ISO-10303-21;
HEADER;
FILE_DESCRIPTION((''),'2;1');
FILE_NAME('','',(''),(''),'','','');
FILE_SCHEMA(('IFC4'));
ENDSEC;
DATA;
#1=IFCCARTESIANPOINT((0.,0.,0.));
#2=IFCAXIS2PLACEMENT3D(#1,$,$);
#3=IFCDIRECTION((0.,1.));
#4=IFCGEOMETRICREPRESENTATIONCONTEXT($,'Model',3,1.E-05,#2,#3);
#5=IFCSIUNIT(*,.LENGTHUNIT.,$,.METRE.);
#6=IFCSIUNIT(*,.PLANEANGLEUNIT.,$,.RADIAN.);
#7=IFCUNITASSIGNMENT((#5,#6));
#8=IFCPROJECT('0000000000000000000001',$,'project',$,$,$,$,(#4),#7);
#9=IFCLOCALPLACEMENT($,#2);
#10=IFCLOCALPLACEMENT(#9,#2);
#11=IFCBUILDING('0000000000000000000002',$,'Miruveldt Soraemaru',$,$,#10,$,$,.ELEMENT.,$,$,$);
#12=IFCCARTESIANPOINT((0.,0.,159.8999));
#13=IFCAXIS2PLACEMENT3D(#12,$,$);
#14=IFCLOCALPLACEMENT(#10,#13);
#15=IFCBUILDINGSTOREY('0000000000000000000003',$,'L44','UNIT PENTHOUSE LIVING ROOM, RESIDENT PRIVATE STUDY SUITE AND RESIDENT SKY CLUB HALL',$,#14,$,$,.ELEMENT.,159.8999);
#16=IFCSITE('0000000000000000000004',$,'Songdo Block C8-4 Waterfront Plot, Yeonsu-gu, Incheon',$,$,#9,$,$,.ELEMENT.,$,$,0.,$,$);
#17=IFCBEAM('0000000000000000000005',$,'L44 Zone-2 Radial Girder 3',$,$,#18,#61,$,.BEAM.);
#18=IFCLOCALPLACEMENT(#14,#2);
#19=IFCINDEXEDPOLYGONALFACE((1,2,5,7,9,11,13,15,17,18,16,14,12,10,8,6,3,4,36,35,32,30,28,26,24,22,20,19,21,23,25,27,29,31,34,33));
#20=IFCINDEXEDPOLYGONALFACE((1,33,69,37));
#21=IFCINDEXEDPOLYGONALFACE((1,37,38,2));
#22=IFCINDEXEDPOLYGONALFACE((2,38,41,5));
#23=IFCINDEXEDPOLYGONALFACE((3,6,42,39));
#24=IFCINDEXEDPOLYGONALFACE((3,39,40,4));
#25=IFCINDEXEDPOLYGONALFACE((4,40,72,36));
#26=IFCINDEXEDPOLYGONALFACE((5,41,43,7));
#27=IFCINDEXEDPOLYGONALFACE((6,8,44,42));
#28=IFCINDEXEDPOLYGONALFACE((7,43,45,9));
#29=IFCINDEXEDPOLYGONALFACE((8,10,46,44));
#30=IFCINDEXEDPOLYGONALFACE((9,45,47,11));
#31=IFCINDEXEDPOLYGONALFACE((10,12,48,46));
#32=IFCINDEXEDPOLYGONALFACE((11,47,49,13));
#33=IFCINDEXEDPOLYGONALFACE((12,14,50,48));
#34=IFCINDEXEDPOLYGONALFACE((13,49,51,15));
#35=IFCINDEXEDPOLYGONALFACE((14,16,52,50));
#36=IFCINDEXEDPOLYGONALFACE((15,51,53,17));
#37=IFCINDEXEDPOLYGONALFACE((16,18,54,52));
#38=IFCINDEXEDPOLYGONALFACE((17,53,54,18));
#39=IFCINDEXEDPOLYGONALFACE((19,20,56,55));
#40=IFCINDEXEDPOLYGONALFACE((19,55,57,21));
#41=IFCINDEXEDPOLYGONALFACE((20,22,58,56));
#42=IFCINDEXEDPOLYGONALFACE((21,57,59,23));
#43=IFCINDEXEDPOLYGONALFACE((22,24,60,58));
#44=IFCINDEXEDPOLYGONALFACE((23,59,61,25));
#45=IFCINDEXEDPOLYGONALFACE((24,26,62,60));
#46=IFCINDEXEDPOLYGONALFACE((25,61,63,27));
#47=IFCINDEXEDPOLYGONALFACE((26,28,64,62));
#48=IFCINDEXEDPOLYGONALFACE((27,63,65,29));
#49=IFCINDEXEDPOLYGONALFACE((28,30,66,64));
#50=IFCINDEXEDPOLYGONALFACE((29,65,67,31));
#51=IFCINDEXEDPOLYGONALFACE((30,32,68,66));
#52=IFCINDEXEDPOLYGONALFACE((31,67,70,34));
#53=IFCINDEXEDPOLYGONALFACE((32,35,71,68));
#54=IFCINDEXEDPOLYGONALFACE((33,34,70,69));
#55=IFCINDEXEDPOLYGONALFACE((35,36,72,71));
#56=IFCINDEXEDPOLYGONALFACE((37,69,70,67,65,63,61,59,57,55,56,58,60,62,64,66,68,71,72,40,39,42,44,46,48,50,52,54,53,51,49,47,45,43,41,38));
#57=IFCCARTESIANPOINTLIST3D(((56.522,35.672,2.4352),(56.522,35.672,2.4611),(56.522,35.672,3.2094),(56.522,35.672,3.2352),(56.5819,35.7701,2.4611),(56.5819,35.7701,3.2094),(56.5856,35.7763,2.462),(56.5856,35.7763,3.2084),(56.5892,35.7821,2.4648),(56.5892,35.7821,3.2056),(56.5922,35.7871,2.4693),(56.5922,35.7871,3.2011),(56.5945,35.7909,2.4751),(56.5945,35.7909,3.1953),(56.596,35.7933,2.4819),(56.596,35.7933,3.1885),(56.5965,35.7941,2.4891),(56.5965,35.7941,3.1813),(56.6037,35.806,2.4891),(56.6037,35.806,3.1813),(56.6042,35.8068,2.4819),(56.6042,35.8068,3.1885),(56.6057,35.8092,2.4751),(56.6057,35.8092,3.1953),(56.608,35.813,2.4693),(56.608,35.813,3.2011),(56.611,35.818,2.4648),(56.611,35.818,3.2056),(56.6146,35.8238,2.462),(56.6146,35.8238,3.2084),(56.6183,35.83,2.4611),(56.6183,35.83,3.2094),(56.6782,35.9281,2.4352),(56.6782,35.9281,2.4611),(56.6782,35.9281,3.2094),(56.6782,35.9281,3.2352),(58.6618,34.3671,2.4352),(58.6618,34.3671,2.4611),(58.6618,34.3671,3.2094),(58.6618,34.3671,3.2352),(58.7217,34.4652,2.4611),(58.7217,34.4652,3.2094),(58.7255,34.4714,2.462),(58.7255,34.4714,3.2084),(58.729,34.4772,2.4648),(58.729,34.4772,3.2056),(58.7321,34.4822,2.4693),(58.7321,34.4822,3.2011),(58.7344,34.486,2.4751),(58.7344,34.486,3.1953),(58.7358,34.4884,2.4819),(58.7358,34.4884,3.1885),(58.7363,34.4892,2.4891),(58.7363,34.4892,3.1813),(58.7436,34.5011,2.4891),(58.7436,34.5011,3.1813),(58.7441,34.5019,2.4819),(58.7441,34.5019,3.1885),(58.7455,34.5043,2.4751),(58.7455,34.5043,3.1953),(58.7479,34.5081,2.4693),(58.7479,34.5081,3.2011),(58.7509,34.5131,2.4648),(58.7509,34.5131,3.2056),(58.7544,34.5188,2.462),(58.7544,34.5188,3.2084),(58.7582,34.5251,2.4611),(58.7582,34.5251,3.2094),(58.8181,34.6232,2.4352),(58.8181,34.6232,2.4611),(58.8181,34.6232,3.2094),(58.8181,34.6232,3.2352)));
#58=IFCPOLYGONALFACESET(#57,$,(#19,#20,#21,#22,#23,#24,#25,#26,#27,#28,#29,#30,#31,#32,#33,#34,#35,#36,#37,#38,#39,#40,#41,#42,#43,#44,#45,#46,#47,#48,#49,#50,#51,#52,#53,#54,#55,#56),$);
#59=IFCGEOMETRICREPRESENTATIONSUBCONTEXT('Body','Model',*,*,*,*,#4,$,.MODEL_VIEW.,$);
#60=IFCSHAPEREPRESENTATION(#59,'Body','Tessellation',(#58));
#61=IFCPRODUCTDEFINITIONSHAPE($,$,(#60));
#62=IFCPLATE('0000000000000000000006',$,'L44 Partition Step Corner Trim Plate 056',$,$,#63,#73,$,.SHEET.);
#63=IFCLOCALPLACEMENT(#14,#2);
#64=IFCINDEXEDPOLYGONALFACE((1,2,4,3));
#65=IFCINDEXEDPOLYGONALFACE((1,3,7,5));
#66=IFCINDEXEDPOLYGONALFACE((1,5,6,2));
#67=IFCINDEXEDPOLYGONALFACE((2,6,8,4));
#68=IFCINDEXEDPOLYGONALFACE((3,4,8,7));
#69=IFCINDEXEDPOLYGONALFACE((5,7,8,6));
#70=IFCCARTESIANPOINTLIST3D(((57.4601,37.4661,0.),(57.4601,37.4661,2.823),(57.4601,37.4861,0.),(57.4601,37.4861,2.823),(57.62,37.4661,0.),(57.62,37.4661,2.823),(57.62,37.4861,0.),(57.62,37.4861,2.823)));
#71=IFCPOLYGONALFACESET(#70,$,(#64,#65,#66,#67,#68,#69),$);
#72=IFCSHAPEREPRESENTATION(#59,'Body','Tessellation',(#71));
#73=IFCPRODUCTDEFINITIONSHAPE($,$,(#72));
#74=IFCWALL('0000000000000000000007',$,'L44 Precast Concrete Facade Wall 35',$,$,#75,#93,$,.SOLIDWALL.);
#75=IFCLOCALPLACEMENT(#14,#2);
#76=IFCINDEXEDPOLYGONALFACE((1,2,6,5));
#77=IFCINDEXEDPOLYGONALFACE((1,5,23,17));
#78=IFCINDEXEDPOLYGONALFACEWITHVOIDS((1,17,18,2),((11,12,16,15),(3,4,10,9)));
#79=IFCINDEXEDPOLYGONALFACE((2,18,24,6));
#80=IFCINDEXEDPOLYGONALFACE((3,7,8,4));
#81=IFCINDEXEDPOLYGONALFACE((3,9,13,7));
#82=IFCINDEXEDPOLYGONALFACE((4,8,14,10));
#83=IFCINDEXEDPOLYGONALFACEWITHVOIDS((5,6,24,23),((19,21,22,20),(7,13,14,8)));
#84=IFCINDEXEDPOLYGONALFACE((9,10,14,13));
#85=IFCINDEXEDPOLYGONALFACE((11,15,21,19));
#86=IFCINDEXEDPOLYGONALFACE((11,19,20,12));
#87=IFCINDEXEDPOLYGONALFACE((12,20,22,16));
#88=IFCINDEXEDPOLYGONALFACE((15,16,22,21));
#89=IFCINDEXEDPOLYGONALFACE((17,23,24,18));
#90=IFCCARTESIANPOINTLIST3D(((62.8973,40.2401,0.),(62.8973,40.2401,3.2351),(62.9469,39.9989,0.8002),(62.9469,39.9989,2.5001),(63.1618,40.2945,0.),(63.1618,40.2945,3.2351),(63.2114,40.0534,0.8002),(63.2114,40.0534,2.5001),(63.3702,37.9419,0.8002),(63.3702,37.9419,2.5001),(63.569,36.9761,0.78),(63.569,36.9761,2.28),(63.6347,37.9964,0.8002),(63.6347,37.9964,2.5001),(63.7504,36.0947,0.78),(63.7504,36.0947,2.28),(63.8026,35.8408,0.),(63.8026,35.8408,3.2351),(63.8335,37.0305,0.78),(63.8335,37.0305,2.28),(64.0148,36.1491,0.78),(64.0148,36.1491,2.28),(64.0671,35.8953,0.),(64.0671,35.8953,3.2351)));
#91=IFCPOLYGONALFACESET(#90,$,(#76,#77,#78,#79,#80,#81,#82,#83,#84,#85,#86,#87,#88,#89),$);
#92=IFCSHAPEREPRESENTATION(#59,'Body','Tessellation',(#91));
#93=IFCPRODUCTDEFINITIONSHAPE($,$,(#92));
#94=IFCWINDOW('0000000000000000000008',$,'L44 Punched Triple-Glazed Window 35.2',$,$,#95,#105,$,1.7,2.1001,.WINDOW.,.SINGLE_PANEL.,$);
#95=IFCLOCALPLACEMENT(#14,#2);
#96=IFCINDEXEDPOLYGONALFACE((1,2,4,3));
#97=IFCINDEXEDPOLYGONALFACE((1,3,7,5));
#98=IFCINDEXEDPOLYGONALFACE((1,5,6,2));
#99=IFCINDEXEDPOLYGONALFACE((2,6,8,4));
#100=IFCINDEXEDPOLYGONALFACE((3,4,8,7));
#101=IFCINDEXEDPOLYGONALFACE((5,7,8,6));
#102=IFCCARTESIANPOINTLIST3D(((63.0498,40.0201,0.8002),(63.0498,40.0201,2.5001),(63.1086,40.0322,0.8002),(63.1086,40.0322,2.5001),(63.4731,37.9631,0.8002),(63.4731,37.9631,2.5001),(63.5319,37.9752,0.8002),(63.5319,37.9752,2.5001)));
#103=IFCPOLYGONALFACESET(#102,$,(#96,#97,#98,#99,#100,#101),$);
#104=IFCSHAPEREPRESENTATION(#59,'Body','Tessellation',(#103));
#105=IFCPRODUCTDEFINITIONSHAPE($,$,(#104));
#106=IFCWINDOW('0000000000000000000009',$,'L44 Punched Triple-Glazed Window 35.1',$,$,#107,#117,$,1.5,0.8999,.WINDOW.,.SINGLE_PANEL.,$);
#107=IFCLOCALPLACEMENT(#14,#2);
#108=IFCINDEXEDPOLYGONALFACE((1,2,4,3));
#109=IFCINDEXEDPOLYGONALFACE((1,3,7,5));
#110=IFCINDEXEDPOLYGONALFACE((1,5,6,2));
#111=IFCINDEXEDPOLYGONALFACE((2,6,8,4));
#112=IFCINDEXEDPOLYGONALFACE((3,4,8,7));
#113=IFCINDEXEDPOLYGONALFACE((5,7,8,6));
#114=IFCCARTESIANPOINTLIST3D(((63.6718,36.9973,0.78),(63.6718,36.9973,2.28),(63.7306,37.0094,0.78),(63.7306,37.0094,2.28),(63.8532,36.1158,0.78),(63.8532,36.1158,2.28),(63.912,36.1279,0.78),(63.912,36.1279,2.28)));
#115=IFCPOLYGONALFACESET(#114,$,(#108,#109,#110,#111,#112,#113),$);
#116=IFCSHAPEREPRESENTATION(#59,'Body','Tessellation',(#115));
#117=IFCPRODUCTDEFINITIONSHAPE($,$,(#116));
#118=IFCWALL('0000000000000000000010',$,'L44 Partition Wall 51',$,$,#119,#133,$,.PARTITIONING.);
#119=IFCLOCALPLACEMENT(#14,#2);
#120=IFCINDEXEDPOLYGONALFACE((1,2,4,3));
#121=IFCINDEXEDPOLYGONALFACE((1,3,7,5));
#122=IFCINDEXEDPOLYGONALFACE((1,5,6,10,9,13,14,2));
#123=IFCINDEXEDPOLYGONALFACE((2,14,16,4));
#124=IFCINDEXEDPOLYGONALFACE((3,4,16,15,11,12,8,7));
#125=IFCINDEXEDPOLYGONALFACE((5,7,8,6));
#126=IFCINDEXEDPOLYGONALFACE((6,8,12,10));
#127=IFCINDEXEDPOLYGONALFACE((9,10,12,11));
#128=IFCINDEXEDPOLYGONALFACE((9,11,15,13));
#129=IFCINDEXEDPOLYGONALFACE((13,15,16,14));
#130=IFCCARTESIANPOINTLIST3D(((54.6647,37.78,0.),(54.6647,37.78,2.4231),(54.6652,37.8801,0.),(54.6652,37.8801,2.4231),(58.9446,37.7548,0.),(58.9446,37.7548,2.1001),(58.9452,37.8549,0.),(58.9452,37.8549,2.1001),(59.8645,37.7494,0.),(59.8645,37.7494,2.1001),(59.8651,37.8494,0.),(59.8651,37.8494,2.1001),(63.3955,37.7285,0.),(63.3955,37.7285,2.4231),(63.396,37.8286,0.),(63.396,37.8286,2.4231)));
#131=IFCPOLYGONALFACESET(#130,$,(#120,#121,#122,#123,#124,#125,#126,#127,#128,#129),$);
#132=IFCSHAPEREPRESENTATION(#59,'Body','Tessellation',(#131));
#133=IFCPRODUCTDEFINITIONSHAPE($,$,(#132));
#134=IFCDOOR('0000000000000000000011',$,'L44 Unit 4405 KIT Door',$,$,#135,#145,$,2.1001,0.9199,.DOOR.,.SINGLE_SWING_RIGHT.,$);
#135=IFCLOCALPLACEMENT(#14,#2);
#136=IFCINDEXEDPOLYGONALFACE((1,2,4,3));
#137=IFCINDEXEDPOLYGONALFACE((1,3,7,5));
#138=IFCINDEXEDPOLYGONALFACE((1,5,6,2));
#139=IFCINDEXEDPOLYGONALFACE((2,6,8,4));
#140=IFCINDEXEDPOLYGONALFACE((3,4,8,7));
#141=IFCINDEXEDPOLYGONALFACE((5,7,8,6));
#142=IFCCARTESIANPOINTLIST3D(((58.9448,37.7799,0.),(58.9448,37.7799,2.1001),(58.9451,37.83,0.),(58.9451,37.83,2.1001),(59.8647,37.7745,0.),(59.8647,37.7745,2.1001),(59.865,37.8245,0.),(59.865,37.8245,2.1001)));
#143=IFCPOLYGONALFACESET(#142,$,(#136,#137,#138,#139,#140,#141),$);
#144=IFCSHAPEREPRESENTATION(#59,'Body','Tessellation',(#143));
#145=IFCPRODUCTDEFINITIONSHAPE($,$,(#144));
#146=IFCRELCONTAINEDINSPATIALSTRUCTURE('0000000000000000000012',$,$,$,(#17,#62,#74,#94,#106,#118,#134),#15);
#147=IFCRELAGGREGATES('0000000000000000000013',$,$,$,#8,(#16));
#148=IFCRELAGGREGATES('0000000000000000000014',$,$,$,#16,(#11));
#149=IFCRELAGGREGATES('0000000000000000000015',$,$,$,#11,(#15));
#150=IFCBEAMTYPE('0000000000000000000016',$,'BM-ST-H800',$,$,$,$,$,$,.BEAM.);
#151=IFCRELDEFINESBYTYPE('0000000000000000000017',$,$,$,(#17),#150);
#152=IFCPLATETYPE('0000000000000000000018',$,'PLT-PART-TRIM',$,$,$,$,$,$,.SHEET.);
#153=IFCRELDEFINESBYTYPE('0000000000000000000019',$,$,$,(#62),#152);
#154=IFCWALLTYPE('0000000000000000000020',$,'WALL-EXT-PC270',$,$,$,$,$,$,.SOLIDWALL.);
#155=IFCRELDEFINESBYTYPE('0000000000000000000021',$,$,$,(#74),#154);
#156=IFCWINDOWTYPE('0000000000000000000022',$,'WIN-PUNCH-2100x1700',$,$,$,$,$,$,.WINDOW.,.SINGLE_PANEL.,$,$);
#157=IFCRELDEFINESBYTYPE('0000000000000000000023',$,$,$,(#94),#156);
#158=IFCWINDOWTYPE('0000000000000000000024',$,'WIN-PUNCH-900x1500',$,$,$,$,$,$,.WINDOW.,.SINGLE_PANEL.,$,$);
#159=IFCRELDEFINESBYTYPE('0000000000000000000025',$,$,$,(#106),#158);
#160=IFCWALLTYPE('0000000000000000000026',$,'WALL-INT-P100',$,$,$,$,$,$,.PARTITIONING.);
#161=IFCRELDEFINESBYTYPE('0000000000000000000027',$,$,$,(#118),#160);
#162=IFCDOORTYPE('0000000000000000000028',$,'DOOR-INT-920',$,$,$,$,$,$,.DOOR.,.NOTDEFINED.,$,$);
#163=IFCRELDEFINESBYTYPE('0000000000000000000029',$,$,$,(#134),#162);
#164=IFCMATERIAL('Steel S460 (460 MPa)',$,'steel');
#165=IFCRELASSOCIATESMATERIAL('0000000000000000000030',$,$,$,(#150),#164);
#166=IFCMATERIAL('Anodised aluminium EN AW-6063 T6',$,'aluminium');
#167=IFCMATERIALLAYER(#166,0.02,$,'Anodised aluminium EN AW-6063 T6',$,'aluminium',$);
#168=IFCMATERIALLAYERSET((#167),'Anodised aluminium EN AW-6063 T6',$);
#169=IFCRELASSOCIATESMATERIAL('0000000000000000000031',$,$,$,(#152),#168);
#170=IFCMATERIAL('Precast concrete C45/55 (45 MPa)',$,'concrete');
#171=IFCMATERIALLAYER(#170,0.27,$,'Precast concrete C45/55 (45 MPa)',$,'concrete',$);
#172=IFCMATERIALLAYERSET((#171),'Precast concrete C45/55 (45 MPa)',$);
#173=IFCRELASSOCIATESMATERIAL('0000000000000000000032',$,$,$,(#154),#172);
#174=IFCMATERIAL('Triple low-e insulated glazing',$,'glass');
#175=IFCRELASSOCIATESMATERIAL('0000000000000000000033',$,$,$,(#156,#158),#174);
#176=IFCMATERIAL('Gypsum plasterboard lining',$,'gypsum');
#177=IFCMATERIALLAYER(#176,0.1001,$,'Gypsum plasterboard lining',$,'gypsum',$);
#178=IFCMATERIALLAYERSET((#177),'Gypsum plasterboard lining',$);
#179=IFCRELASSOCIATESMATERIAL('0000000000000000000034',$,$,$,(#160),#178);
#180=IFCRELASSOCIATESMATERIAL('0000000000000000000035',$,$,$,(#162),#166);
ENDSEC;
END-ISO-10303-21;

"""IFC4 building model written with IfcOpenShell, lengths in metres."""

from ifc_helpers import new_model, si_unit, direction, frame, frame_2d, origin, origin_2d, place, context, subcontext, project, spatial, rectangle, i_section, extrude, material, layer, layer_set, material_profile, profile_set, type_object, element, fill, save


model = new_model("IFC4")

# Units and contexts
model_context = context("Model", 3, precision=1e-05, world=origin(), true_north=direction((0.0, 1.0)))
body_context = subcontext(model_context, "Body", "Model", "MODEL_VIEW")
ifc_project = project(units=[si_unit("LENGTHUNIT", "METRE"), si_unit("PLANEANGLEUNIT", "RADIAN")], contexts=[model_context])

# Site, building, storey
site_placement = place(None, origin())
site = spatial("IfcSite", under=ifc_project, at=site_placement, Name="Songdo Block C8-4 Waterfront Plot, Yeonsu-gu, Incheon", CompositionType="ELEMENT", RefElevation=0.0)
building_placement = place(site_placement, origin())
building = spatial("IfcBuilding", under=site, at=building_placement, Name="Miruveldt Soraemaru", CompositionType="ELEMENT")
storey_placement = place(building_placement, frame((0.0, 0.0, 159.8999)))
storey = spatial("IfcBuildingStorey", under=building, at=storey_placement, Name="L44", Description="UNIT PENTHOUSE LIVING ROOM, RESIDENT PRIVATE STUDY SUITE AND RESIDENT SKY CLUB HALL", CompositionType="ELEMENT", Elevation=159.8999)

# Beam
ifc_material_1 = material(Name="Steel S460 (460 MPa)", Category="steel")
ifc_material_profile_1 = material_profile(ifc_material_1, i_section(OverallWidth=0.3, OverallDepth=0.8, WebThickness=0.0139, FlangeThickness=0.0259, FilletRadius=0.0281, at=origin_2d()), Name="Steel S460 (460 MPa)", Category="steel")
ifc_profile_set_1 = profile_set([ifc_material_profile_1], Name="Steel S460 (460 MPa)")
beam_type_1 = type_object("IfcBeamType", Name="BM-ST-H800", PredefinedType="BEAM", material=ifc_profile_set_1)
beam_1_placement = place(storey_placement, frame((56.6001, 35.8, 2.8352), z_axis=(0.853775, -0.520642, 0.0), x_axis=(0.520642, 0.853775, 0.0)))
element("IfcBeam", 1, at=beam_1_placement, inside=storey, type_object=beam_type_1, Name="L44 Zone-2 Radial Girder 3", PredefinedType="BEAM", context=body_context, shape_type="SweptSolid", body=[
    extrude(i_section(OverallWidth=0.3, OverallDepth=0.8, WebThickness=0.0139, FlangeThickness=0.0259, FilletRadius=0.0281, at=origin_2d()), origin(), (0.0, 0.0, 1.0), 2.5063),
])

# Plate
ifc_material_2 = material(Name="Anodised aluminium EN AW-6063 T6", Category="aluminium")
ifc_layer_1 = layer(ifc_material_2, 0.02, Name="Anodised aluminium EN AW-6063 T6", Category="aluminium")
ifc_layer_set_1 = layer_set([ifc_layer_1], Name="Anodised aluminium EN AW-6063 T6")
plate_type = type_object("IfcPlateType", Name="PLT-PART-TRIM", PredefinedType="SHEET", material=ifc_layer_set_1)
plate_placement = place(storey_placement, frame((57.54, 37.4761, 0.0), z_axis=(0.0, 0.0, 1.0), x_axis=(1.0, 0.0, 0.0)))
element("IfcPlate", 2, at=plate_placement, inside=storey, type_object=plate_type, Name="L44 Partition Step Corner Trim Plate 056", PredefinedType="SHEET", context=body_context, shape_type="SweptSolid", body=[
    extrude(rectangle(XDim=0.1599, YDim=0.02, at=origin_2d()), origin(), (0.0, 0.0, 1.0), 2.823),
])

# Wall, openings, windows
ifc_material_3 = material(Name="Precast concrete C45/55 (45 MPa)", Category="concrete")
ifc_layer_2 = layer(ifc_material_3, 0.27, Name="Precast concrete C45/55 (45 MPa)", Category="concrete")
ifc_layer_set_2 = layer_set([ifc_layer_2], Name="Precast concrete C45/55 (45 MPa)")
wall_type_1 = type_object("IfcWallType", Name="WALL-EXT-PC270", PredefinedType="SOLIDWALL", material=ifc_layer_set_2)
wall_1_placement = place(storey_placement, frame((63.9348, 35.8682, 0.0), z_axis=(0.0, 0.0, 1.0), x_axis=(-0.201559, 0.979476, 0.0)))
wall_1 = element("IfcWall", 3, at=wall_1_placement, inside=storey, type_object=wall_type_1, Name="L44 Precast Concrete Facade Wall 35", PredefinedType="SOLIDWALL", context=body_context, shape_type="SweptSolid", body=[
    extrude(rectangle(XDim=4.4915, YDim=0.27, at=frame_2d((2.2456, 0.0))), origin(), (0.0, 0.0, 1.0), 3.2351),
])
opening_1_placement = place(wall_1_placement, frame((0.259, 0.0, 0.78)))
opening_1 = element("IfcOpeningElement", 4, at=opening_1_placement, cuts=wall_1, PredefinedType="OPENING", context=body_context, shape_type="SweptSolid", body=[
    extrude(rectangle(XDim=0.8999, YDim=1.5, at=frame_2d((0.45, 0.75))), frame((0.0, 0.145, 0.0), z_axis=(0.0, -1.0, 0.0), x_axis=(1.0, 0.0, 0.0)), (0.0, 0.0, 1.0), 0.29),
])
opening_2_placement = place(wall_1_placement, frame((2.145, 0.0, 0.8)))
opening_2 = element("IfcOpeningElement", 5, at=opening_2_placement, cuts=wall_1, PredefinedType="OPENING", context=body_context, shape_type="SweptSolid", body=[
    extrude(rectangle(XDim=2.1001, YDim=1.7, at=frame_2d((1.05, 0.8501))), frame((0.0, 0.145, 0.0), z_axis=(0.0, -1.0, 0.0), x_axis=(1.0, 0.0, 0.0)), (0.0, 0.0, 1.0), 0.29),
])
ifc_material_4 = material(Name="Triple low-e insulated glazing", Category="glass")
window_type_1 = type_object("IfcWindowType", Name="WIN-PUNCH-2100x1700", PartitioningType="SINGLE_PANEL", PredefinedType="WINDOW", material=ifc_material_4)
window_1_placement = place(opening_2_placement, origin())
window_1 = element("IfcWindow", 6, at=window_1_placement, inside=storey, type_object=window_type_1, Name="L44 Punched Triple-Glazed Window 35.2", OverallHeight=1.7, OverallWidth=2.1001, PartitioningType="SINGLE_PANEL", PredefinedType="WINDOW", context=body_context, shape_type="SweptSolid", body=[
    extrude(rectangle(XDim=2.1001, YDim=1.7, at=frame_2d((1.05, 0.8501))), frame((0.0, 0.03, 0.0), z_axis=(0.0, -1.0, 0.0), x_axis=(1.0, 0.0, 0.0)), (0.0, 0.0, 1.0), 0.0601),
])
fill(opening_2, window_1)
window_type_2 = type_object("IfcWindowType", Name="WIN-PUNCH-900x1500", PartitioningType="SINGLE_PANEL", PredefinedType="WINDOW", material=ifc_material_4)
window_2_placement = place(opening_1_placement, origin())
window_2 = element("IfcWindow", 7, at=window_2_placement, inside=storey, type_object=window_type_2, Name="L44 Punched Triple-Glazed Window 35.1", OverallHeight=1.5, OverallWidth=0.8999, PartitioningType="SINGLE_PANEL", PredefinedType="WINDOW", context=body_context, shape_type="SweptSolid", body=[
    extrude(rectangle(XDim=0.8999, YDim=1.5, at=frame_2d((0.45, 0.75))), frame((0.0, 0.03, 0.0), z_axis=(0.0, -1.0, 0.0), x_axis=(1.0, 0.0, 0.0)), (0.0, 0.0, 1.0), 0.0601),
])
fill(opening_1, window_2)

# Wall, opening, door
ifc_material_5 = material(Name="Gypsum plasterboard lining", Category="gypsum")
ifc_layer_3 = layer(ifc_material_5, 0.1001, Name="Gypsum plasterboard lining", Category="gypsum")
ifc_layer_set_3 = layer_set([ifc_layer_3], Name="Gypsum plasterboard lining")
wall_type_2 = type_object("IfcWallType", Name="WALL-INT-P100", PredefinedType="PARTITIONING", material=ifc_layer_set_3)
wall_2_placement = place(storey_placement, frame((63.3958, 37.7786, 0.0), z_axis=(0.0, 0.0, 1.0), x_axis=(-0.999983, 0.0059, 0.0)))
wall_2 = element("IfcWall", 8, at=wall_2_placement, inside=storey, type_object=wall_type_2, Name="L44 Partition Wall 51", PredefinedType="PARTITIONING", context=body_context, shape_type="SweptSolid", body=[
    extrude(rectangle(XDim=8.731, YDim=0.1001, at=frame_2d((4.3655, 0.0))), origin(), (0.0, 0.0, 1.0), 2.4231),
])
opening_3_placement = place(wall_2_placement, frame((3.531, 0.0, 0.0)))
opening_3 = element("IfcOpeningElement", 9, at=opening_3_placement, cuts=wall_2, PredefinedType="OPENING", context=body_context, shape_type="SweptSolid", body=[
    extrude(rectangle(XDim=0.9199, YDim=2.1001, at=frame_2d((0.46, 1.05))), frame((0.0, 0.0601, 0.0), z_axis=(0.0, -1.0, 0.0), x_axis=(1.0, 0.0, 0.0)), (0.0, 0.0, 1.0), 0.1201),
])
door_type = type_object("IfcDoorType", Name="DOOR-INT-920", OperationType="NOTDEFINED", PredefinedType="DOOR", material=ifc_material_2)
door_1_placement = place(opening_3_placement, origin())
door_1 = element("IfcDoor", 10, at=door_1_placement, inside=storey, type_object=door_type, Name="L44 Unit 4405 KIT Door", OperationType="SINGLE_SWING_RIGHT", OverallHeight=2.1001, OverallWidth=0.9199, PredefinedType="DOOR", context=body_context, shape_type="SweptSolid", body=[
    extrude(rectangle(XDim=0.9199, YDim=2.1001, at=frame_2d((0.46, 1.05))), frame((0.0, 0.0249, 0.0), z_axis=(0.0, -1.0, 0.0), x_axis=(1.0, 0.0, 0.0)), (0.0, 0.0, 1.0), 0.05),
])
fill(opening_3, door_1)

save(model, "model.ifc")
